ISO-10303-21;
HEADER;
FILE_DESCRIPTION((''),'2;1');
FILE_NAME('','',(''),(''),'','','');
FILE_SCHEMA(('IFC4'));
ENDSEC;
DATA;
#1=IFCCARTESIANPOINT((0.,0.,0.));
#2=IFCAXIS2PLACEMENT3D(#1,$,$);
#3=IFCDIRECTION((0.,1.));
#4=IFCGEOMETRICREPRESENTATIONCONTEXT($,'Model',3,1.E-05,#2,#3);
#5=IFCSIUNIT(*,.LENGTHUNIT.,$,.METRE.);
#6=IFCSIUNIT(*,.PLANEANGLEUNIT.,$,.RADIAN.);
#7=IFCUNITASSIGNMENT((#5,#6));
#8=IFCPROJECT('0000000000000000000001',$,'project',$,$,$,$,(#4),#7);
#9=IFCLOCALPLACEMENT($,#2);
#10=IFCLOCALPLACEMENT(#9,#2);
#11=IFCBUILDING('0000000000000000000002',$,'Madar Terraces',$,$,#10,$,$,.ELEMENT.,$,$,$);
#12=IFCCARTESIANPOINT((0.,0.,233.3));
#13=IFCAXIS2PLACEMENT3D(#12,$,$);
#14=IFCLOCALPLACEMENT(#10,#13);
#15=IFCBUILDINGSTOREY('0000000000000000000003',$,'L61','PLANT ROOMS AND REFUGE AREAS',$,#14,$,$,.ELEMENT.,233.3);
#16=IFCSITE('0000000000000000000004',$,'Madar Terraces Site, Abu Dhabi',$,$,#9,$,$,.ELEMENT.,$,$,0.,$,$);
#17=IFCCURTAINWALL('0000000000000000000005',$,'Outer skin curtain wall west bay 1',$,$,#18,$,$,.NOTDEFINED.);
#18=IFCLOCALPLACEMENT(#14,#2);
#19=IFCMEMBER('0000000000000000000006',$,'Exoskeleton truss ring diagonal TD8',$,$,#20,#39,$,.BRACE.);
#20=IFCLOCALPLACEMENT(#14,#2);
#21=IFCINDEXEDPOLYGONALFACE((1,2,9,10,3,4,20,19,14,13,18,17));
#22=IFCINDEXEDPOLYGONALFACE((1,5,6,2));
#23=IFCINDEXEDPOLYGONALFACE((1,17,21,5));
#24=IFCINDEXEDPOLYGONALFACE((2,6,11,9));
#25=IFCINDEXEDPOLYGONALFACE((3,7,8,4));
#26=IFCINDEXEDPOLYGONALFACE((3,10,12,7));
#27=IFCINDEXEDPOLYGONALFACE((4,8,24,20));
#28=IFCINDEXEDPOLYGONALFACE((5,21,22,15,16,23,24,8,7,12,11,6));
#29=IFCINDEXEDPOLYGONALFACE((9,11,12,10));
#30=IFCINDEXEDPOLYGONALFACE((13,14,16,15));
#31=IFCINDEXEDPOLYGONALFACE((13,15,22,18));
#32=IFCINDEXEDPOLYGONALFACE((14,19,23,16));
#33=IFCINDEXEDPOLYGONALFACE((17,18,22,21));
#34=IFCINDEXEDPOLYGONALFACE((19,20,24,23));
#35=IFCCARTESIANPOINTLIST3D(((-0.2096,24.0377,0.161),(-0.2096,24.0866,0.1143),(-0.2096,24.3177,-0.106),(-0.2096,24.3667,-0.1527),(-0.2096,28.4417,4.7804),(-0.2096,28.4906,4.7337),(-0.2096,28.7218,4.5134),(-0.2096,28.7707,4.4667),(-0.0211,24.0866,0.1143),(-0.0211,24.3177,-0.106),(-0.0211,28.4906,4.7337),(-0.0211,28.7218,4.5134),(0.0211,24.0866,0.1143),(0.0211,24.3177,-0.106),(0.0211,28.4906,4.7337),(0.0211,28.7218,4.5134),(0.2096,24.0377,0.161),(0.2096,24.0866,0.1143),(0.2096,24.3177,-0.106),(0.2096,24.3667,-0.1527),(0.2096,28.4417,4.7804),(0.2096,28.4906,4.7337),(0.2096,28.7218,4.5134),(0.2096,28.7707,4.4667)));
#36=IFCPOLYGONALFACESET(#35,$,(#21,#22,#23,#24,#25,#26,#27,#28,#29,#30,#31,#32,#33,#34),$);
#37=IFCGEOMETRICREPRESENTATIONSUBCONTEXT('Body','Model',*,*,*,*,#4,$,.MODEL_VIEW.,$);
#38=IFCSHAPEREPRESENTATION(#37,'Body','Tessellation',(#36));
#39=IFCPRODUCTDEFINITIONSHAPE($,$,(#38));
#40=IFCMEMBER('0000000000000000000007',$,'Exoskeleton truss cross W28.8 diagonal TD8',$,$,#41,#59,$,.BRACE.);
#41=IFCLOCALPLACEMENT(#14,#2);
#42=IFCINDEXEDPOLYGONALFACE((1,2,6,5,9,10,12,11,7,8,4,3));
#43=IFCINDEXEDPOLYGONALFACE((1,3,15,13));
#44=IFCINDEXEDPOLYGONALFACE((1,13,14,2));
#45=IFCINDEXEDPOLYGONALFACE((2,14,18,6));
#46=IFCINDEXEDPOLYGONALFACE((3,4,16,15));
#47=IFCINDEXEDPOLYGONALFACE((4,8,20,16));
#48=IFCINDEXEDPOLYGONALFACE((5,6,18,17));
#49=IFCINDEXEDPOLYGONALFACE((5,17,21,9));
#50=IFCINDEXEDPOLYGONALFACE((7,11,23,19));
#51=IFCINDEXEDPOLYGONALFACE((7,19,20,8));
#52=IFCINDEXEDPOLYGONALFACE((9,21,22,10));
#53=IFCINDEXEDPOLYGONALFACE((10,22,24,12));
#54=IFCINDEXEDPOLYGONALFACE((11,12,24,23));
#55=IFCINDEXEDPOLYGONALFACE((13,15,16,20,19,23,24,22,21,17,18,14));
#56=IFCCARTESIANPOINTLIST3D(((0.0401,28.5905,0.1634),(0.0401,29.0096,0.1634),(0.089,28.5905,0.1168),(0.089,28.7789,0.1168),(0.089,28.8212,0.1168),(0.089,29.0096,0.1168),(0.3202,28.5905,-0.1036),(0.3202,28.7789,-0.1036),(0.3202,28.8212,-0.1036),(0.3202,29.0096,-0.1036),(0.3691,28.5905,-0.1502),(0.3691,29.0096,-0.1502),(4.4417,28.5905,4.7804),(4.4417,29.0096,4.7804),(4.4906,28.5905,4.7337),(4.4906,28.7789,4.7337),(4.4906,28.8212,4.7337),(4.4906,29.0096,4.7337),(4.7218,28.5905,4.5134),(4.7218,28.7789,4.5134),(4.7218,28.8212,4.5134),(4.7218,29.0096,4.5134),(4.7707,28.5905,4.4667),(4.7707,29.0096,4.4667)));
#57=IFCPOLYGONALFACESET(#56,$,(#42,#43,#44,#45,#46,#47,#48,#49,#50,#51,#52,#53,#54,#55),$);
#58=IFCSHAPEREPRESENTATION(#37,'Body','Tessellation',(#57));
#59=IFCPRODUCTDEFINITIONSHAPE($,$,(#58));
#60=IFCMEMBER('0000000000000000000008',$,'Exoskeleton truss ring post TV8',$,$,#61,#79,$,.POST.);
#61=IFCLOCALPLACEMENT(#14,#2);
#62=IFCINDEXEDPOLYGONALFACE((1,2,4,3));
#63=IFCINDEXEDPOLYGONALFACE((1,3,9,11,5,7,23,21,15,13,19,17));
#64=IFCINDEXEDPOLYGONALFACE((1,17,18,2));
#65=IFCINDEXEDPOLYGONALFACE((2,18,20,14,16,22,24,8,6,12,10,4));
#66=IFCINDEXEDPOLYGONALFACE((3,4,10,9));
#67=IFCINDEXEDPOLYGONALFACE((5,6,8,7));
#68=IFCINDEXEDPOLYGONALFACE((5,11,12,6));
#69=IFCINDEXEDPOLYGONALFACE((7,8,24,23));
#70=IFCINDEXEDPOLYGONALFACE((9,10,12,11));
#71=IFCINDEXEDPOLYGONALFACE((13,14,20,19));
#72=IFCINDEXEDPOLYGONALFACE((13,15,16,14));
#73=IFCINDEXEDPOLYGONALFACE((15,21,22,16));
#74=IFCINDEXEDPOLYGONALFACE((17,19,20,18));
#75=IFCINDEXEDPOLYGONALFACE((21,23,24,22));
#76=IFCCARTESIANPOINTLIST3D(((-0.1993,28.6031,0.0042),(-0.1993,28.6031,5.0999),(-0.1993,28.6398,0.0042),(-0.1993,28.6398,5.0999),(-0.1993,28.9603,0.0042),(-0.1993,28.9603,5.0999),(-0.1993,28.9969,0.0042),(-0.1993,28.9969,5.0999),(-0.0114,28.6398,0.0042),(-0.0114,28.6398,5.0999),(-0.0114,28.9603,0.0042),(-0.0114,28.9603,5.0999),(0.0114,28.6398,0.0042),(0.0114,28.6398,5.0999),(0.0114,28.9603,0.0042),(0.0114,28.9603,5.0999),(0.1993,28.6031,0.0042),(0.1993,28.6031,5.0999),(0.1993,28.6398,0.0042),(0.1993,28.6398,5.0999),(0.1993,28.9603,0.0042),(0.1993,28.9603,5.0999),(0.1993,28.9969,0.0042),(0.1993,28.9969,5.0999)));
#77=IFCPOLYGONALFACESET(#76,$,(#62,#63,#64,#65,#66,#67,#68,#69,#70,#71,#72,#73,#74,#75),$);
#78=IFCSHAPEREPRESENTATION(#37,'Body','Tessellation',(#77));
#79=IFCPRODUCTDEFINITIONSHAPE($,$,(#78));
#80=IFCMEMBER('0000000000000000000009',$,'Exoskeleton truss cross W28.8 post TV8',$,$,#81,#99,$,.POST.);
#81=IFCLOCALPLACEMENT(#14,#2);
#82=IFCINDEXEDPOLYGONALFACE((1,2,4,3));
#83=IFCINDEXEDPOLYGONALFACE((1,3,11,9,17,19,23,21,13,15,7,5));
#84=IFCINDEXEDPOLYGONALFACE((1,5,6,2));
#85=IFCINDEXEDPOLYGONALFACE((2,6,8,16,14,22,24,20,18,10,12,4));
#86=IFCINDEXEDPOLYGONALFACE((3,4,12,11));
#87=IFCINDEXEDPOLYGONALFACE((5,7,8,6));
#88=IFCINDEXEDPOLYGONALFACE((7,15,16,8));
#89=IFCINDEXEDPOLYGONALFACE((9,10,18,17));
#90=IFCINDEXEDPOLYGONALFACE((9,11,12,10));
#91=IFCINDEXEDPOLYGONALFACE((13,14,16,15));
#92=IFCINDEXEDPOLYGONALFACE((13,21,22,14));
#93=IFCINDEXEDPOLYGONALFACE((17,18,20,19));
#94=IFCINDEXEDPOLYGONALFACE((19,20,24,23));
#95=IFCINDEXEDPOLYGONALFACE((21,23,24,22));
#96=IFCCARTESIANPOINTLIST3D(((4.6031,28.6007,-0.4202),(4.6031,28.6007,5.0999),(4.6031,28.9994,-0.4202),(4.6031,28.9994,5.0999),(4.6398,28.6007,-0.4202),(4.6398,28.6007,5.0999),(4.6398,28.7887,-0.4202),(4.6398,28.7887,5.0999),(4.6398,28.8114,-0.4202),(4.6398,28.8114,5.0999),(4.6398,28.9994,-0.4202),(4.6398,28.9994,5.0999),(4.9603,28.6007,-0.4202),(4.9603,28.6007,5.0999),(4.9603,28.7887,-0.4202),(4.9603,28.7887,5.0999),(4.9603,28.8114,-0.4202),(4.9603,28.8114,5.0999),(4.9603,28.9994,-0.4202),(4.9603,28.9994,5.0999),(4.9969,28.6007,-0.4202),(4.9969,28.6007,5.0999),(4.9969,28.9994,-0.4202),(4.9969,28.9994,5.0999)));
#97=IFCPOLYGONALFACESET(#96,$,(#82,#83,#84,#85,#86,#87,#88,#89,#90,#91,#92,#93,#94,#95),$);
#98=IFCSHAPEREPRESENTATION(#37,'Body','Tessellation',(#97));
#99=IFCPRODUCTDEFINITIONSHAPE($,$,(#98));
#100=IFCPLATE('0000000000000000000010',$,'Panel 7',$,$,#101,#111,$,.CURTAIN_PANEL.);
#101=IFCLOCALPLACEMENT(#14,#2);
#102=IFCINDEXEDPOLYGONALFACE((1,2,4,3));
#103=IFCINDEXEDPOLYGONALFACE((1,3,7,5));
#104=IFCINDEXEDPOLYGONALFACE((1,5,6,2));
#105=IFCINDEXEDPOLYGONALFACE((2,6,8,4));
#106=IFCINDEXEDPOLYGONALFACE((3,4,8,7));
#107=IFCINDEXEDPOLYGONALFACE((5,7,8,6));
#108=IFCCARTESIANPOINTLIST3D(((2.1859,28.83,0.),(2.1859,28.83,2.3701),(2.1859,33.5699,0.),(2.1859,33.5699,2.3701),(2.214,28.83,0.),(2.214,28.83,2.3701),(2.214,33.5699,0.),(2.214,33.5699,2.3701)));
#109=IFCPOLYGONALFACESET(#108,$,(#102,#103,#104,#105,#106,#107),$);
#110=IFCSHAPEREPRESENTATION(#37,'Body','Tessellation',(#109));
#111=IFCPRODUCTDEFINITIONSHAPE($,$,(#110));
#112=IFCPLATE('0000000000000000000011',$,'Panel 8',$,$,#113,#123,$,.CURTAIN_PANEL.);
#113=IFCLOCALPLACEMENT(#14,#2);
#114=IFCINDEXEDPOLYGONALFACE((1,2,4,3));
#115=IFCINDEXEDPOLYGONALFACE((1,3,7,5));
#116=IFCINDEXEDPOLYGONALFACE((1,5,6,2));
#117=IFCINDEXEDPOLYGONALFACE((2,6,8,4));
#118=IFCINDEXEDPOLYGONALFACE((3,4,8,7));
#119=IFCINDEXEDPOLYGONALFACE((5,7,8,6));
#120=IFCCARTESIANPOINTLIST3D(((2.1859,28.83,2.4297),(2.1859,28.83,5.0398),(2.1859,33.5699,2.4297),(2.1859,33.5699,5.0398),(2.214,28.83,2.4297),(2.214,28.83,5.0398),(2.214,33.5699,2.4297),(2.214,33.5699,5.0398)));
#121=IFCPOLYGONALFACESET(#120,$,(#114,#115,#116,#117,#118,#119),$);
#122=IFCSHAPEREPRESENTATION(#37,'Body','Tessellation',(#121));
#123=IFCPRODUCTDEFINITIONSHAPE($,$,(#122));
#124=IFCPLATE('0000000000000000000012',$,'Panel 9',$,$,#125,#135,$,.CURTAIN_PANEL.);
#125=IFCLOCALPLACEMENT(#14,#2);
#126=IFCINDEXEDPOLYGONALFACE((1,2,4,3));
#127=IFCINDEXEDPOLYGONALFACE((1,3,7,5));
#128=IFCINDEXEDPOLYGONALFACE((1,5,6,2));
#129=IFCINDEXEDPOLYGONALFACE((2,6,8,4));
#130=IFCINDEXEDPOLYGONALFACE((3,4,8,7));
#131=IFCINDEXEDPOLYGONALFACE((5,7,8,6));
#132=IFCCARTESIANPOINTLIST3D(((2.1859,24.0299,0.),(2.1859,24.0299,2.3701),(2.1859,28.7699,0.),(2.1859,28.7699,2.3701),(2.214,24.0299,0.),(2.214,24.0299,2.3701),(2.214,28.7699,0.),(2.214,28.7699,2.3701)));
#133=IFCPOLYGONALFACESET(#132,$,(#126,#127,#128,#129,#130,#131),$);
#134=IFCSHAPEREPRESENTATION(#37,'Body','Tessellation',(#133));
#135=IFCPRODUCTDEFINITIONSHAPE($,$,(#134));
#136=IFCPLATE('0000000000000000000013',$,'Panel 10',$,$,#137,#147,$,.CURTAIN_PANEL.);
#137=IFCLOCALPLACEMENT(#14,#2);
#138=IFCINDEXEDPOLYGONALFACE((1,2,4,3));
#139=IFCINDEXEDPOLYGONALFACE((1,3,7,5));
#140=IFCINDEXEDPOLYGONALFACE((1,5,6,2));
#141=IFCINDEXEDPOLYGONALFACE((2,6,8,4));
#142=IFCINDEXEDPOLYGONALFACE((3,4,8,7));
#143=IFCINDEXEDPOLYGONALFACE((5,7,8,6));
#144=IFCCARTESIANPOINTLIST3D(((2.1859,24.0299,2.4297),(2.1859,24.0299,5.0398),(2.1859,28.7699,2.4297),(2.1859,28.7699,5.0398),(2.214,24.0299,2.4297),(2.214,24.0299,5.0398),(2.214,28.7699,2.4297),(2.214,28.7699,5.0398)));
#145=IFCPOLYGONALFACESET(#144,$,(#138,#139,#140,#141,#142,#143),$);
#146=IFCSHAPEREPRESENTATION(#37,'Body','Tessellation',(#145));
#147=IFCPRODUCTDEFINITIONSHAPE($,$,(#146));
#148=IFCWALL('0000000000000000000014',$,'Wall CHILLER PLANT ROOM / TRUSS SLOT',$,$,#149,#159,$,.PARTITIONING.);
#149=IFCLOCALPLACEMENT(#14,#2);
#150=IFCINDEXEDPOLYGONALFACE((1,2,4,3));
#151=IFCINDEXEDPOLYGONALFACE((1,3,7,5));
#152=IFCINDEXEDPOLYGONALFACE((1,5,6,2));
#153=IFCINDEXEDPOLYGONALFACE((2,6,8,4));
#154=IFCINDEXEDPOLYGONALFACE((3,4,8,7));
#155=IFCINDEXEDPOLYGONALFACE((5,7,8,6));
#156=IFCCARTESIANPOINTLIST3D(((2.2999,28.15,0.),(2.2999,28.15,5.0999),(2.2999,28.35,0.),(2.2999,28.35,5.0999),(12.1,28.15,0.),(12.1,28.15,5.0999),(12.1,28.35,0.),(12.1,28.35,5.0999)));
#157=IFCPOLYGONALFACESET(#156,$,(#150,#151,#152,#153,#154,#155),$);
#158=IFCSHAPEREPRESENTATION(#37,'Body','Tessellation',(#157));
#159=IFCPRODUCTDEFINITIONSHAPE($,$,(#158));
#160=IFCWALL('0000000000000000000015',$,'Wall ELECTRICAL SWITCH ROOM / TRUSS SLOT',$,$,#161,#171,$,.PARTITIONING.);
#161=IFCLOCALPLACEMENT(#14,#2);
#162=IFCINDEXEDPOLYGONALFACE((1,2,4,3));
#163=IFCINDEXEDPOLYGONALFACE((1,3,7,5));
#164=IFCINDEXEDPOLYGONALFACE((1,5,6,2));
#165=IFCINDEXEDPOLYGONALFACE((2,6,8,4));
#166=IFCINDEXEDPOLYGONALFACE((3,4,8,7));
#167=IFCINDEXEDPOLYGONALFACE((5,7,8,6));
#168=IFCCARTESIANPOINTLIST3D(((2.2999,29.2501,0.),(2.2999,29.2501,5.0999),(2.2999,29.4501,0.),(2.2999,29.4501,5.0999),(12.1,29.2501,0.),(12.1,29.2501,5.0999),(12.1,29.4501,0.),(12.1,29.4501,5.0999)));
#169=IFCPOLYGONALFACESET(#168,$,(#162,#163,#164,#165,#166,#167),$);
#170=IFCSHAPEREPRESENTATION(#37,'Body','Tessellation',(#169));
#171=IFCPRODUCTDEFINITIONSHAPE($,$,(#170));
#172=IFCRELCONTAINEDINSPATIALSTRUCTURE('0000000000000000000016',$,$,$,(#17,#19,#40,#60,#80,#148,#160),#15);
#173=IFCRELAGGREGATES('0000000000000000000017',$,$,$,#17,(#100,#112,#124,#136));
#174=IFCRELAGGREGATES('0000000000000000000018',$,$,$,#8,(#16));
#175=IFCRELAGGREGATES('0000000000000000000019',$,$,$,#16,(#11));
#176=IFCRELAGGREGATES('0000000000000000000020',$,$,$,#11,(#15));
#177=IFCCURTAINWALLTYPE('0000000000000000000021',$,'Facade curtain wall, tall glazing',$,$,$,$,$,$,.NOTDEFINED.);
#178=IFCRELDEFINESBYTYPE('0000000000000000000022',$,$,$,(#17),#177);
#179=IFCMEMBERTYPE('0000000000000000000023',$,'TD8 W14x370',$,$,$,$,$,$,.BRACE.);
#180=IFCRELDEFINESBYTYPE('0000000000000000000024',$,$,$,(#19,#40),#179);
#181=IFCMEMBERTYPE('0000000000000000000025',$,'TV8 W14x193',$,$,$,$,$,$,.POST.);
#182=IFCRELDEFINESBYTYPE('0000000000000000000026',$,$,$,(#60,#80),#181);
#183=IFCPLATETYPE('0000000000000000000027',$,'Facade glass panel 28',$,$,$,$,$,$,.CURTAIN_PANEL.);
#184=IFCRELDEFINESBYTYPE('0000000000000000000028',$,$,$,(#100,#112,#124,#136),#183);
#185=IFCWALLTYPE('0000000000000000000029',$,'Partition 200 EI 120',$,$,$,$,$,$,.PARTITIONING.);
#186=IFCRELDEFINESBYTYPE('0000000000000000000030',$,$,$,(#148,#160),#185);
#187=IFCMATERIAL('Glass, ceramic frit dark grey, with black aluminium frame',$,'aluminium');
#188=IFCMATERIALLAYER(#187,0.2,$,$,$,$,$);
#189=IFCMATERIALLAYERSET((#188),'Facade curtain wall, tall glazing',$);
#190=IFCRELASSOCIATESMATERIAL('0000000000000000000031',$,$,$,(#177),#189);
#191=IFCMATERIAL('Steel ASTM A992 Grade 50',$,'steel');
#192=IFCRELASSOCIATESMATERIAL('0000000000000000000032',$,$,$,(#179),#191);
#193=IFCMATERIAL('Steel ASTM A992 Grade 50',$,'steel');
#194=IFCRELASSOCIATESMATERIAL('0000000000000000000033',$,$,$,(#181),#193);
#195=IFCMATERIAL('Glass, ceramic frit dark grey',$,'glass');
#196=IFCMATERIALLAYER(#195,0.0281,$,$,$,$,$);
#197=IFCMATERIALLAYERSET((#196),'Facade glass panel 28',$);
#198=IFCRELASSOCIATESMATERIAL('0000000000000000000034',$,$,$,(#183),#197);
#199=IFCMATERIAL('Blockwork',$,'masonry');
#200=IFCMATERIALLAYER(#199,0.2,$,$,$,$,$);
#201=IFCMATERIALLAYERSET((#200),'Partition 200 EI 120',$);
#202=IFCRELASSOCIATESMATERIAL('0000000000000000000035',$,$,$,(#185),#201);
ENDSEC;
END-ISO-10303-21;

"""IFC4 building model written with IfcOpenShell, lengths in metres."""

from ifc_helpers import new_model, si_unit, direction, frame, frame_2d, origin, origin_2d, place, context, subcontext, project, spatial, rectangle, i_section, extrude, material, layer, layer_set, material_profile, profile_set, type_object, element, aggregate, save


model = new_model("IFC4")

# Units and contexts
model_context = context("Model", 3, precision=1e-05, world=origin(), true_north=direction((0.0, 1.0)))
body_context = subcontext(model_context, "Body", "Model", "MODEL_VIEW")
ifc_project = project(units=[si_unit("LENGTHUNIT", "METRE"), si_unit("PLANEANGLEUNIT", "RADIAN")], contexts=[model_context])

# Site, building, storey
site_placement = place(None, origin())
site = spatial("IfcSite", under=ifc_project, at=site_placement, Name="Madar Terraces Site, Abu Dhabi", CompositionType="ELEMENT", RefElevation=0.0)
building_placement = place(site_placement, origin())
building = spatial("IfcBuilding", under=site, at=building_placement, Name="Madar Terraces", CompositionType="ELEMENT")
storey_placement = place(building_placement, frame((0.0, 0.0, 233.3)))
storey = spatial("IfcBuildingStorey", under=building, at=storey_placement, Name="L61", Description="PLANT ROOMS AND REFUGE AREAS", CompositionType="ELEMENT", Elevation=233.3)

# Curtain wall
ifc_material_1 = material(Name="Glass, ceramic frit dark grey, with black aluminium frame", Category="aluminium")
ifc_layer_1 = layer(ifc_material_1, 0.2)
ifc_layer_set_1 = layer_set([ifc_layer_1], Name="Facade curtain wall, tall glazing")
curtain_wall_type = type_object("IfcCurtainWallType", Name="Facade curtain wall, tall glazing", PredefinedType="NOTDEFINED", material=ifc_layer_set_1)
curtain_wall_placement = place(storey_placement, origin())
curtain_wall = element("IfcCurtainWall", 1, at=curtain_wall_placement, inside=storey, type_object=curtain_wall_type, Name="Outer skin curtain wall west bay 1", PredefinedType="NOTDEFINED")

# Members
ifc_material_2 = material(Name="Steel ASTM A992 Grade 50", Category="steel")
ifc_material_profile_1 = material_profile(ifc_material_2, i_section(OverallWidth=0.4192, OverallDepth=0.4546, WebThickness=0.0422, FlangeThickness=0.0676, at=origin_2d()), Name="W14x370")
ifc_profile_set_1 = profile_set([ifc_material_profile_1], Name="Steel ASTM A992 Grade 50")
member_type_1 = type_object("IfcMemberType", Name="TD8 W14x370", PredefinedType="BRACE", material=ifc_profile_set_1)
member_1_placement = place(storey_placement, frame((0.0, 28.6062, 4.6235), z_axis=(0.0, -0.690036, -0.723775), x_axis=(1.0, 0.0, 0.0)))
element("IfcMember", 2, at=member_1_placement, inside=storey, type_object=member_type_1, Name="Exoskeleton truss ring diagonal TD8", PredefinedType="BRACE", context=body_context, shape_type="SweptSolid", body=[
    extrude(i_section(OverallWidth=0.4192, OverallDepth=0.4546, WebThickness=0.0422, FlangeThickness=0.0676, at=origin_2d()), origin(), (0.0, 0.0, 1.0), 6.3823),
])
member_2_placement = place(storey_placement, frame((0.2046, 28.8, 0.0066), z_axis=(0.690027, 0.0, 0.723784), x_axis=(0.0, 1.0, 0.0)))
element("IfcMember", 3, at=member_2_placement, inside=storey, type_object=member_type_1, Name="Exoskeleton truss cross W28.8 diagonal TD8", PredefinedType="BRACE", context=body_context, shape_type="SweptSolid", body=[
    extrude(i_section(OverallWidth=0.4192, OverallDepth=0.4546, WebThickness=0.0422, FlangeThickness=0.0676, at=origin_2d()), origin(), (0.0, 0.0, 1.0), 6.3789),
])
ifc_material_3 = material(Name="Steel ASTM A992 Grade 50", Category="steel")
ifc_material_profile_2 = material_profile(ifc_material_3, i_section(OverallWidth=0.3987, OverallDepth=0.3938, WebThickness=0.0227, FlangeThickness=0.0366, at=origin_2d()), Name="W14x193")
ifc_profile_set_2 = profile_set([ifc_material_profile_2], Name="Steel ASTM A992 Grade 50")
member_type_2 = type_object("IfcMemberType", Name="TV8 W14x193", PredefinedType="POST", material=ifc_profile_set_2)
member_3_placement = place(storey_placement, frame((0.0, 28.8, 0.0042), z_axis=(0.0, 0.0, 1.0), x_axis=(1.0, 0.0, 0.0)))
element("IfcMember", 4, at=member_3_placement, inside=storey, type_object=member_type_2, Name="Exoskeleton truss ring post TV8", PredefinedType="POST", context=body_context, shape_type="SweptSolid", body=[
    extrude(i_section(OverallWidth=0.3987, OverallDepth=0.3938, WebThickness=0.0227, FlangeThickness=0.0366, at=origin_2d()), origin(), (0.0, 0.0, 1.0), 5.0957),
])
member_4_placement = place(storey_placement, frame((4.8, 28.8, -0.4202), z_axis=(0.0, 0.0, 1.0), x_axis=(0.0, 1.0, 0.0)))
element("IfcMember", 5, at=member_4_placement, inside=storey, type_object=member_type_2, Name="Exoskeleton truss cross W28.8 post TV8", PredefinedType="POST", context=body_context, shape_type="SweptSolid", body=[
    extrude(i_section(OverallWidth=0.3987, OverallDepth=0.3938, WebThickness=0.0227, FlangeThickness=0.0366, at=origin_2d()), origin(), (0.0, 0.0, 1.0), 5.52),
])

# Plates
ifc_material_4 = material(Name="Glass, ceramic frit dark grey", Category="glass")
ifc_layer_2 = layer(ifc_material_4, 0.0281)
ifc_layer_set_2 = layer_set([ifc_layer_2], Name="Facade glass panel 28")
plate_type = type_object("IfcPlateType", Name="Facade glass panel 28", PredefinedType="CURTAIN_PANEL", material=ifc_layer_set_2)
plate_1_placement = place(storey_placement, frame((2.2, 31.2, 0.0), z_axis=(0.0, 0.0, 1.0), x_axis=(0.0, -1.0, 0.0)))
plate_1 = element("IfcPlate", 6, at=plate_1_placement, type_object=plate_type, Name="Panel 7", PredefinedType="CURTAIN_PANEL", context=body_context, shape_type="SweptSolid", body=[
    extrude(rectangle(XDim=4.74, YDim=0.0281, at=origin_2d()), origin(), (0.0, 0.0, 1.0), 2.3701),
])
plate_2_placement = place(storey_placement, frame((2.2, 31.2, 2.4297), z_axis=(0.0, 0.0, 1.0), x_axis=(0.0, -1.0, 0.0)))
plate_2 = element("IfcPlate", 7, at=plate_2_placement, type_object=plate_type, Name="Panel 8", PredefinedType="CURTAIN_PANEL", context=body_context, shape_type="SweptSolid", body=[
    extrude(rectangle(XDim=4.74, YDim=0.0281, at=origin_2d()), origin(), (0.0, 0.0, 1.0), 2.6101),
])
plate_3_placement = place(storey_placement, frame((2.2, 26.3999, 0.0), z_axis=(0.0, 0.0, 1.0), x_axis=(0.0, -1.0, 0.0)))
plate_3 = element("IfcPlate", 8, at=plate_3_placement, type_object=plate_type, Name="Panel 9", PredefinedType="CURTAIN_PANEL", context=body_context, shape_type="SweptSolid", body=[
    extrude(rectangle(XDim=4.74, YDim=0.0281, at=origin_2d()), origin(), (0.0, 0.0, 1.0), 2.3701),
])
plate_4_placement = place(storey_placement, frame((2.2, 26.3999, 2.4297), z_axis=(0.0, 0.0, 1.0), x_axis=(0.0, -1.0, 0.0)))
plate_4 = element("IfcPlate", 9, at=plate_4_placement, type_object=plate_type, Name="Panel 10", PredefinedType="CURTAIN_PANEL", context=body_context, shape_type="SweptSolid", body=[
    extrude(rectangle(XDim=4.74, YDim=0.0281, at=origin_2d()), origin(), (0.0, 0.0, 1.0), 2.6101),
])
aggregate(curtain_wall, [plate_1, plate_2, plate_3, plate_4])

# Walls
ifc_material_5 = material(Name="Blockwork", Category="masonry")
ifc_layer_3 = layer(ifc_material_5, 0.2)
ifc_layer_set_3 = layer_set([ifc_layer_3], Name="Partition 200 EI 120")
wall_type = type_object("IfcWallType", Name="Partition 200 EI 120", PredefinedType="PARTITIONING", material=ifc_layer_set_3)
for number, where, z_axis, x_axis, name in (
    (10, (2.3, 28.25, 0.0), (0.0, 0.0, 1.0), (1.0, 0.0, 0.0), "Wall CHILLER PLANT ROOM / TRUSS SLOT"),
    (11, (2.3, 29.3501, 0.0), (0.0, 0.0, 1.0), (1.0, 0.0, 0.0), "Wall ELECTRICAL SWITCH ROOM / TRUSS SLOT"),
):
    element("IfcWall", number, at=place(storey_placement, frame(where, z_axis=z_axis, x_axis=x_axis)), inside=storey, type_object=wall_type, Name=name, PredefinedType="PARTITIONING", context=body_context, shape_type="SweptSolid", body=[
        extrude(rectangle(XDim=9.8, YDim=0.2, at=frame_2d((4.8999, 0.0))), origin(), (0.0, 0.0, 1.0), 5.0999),
    ])

save(model, "model.ifc")
